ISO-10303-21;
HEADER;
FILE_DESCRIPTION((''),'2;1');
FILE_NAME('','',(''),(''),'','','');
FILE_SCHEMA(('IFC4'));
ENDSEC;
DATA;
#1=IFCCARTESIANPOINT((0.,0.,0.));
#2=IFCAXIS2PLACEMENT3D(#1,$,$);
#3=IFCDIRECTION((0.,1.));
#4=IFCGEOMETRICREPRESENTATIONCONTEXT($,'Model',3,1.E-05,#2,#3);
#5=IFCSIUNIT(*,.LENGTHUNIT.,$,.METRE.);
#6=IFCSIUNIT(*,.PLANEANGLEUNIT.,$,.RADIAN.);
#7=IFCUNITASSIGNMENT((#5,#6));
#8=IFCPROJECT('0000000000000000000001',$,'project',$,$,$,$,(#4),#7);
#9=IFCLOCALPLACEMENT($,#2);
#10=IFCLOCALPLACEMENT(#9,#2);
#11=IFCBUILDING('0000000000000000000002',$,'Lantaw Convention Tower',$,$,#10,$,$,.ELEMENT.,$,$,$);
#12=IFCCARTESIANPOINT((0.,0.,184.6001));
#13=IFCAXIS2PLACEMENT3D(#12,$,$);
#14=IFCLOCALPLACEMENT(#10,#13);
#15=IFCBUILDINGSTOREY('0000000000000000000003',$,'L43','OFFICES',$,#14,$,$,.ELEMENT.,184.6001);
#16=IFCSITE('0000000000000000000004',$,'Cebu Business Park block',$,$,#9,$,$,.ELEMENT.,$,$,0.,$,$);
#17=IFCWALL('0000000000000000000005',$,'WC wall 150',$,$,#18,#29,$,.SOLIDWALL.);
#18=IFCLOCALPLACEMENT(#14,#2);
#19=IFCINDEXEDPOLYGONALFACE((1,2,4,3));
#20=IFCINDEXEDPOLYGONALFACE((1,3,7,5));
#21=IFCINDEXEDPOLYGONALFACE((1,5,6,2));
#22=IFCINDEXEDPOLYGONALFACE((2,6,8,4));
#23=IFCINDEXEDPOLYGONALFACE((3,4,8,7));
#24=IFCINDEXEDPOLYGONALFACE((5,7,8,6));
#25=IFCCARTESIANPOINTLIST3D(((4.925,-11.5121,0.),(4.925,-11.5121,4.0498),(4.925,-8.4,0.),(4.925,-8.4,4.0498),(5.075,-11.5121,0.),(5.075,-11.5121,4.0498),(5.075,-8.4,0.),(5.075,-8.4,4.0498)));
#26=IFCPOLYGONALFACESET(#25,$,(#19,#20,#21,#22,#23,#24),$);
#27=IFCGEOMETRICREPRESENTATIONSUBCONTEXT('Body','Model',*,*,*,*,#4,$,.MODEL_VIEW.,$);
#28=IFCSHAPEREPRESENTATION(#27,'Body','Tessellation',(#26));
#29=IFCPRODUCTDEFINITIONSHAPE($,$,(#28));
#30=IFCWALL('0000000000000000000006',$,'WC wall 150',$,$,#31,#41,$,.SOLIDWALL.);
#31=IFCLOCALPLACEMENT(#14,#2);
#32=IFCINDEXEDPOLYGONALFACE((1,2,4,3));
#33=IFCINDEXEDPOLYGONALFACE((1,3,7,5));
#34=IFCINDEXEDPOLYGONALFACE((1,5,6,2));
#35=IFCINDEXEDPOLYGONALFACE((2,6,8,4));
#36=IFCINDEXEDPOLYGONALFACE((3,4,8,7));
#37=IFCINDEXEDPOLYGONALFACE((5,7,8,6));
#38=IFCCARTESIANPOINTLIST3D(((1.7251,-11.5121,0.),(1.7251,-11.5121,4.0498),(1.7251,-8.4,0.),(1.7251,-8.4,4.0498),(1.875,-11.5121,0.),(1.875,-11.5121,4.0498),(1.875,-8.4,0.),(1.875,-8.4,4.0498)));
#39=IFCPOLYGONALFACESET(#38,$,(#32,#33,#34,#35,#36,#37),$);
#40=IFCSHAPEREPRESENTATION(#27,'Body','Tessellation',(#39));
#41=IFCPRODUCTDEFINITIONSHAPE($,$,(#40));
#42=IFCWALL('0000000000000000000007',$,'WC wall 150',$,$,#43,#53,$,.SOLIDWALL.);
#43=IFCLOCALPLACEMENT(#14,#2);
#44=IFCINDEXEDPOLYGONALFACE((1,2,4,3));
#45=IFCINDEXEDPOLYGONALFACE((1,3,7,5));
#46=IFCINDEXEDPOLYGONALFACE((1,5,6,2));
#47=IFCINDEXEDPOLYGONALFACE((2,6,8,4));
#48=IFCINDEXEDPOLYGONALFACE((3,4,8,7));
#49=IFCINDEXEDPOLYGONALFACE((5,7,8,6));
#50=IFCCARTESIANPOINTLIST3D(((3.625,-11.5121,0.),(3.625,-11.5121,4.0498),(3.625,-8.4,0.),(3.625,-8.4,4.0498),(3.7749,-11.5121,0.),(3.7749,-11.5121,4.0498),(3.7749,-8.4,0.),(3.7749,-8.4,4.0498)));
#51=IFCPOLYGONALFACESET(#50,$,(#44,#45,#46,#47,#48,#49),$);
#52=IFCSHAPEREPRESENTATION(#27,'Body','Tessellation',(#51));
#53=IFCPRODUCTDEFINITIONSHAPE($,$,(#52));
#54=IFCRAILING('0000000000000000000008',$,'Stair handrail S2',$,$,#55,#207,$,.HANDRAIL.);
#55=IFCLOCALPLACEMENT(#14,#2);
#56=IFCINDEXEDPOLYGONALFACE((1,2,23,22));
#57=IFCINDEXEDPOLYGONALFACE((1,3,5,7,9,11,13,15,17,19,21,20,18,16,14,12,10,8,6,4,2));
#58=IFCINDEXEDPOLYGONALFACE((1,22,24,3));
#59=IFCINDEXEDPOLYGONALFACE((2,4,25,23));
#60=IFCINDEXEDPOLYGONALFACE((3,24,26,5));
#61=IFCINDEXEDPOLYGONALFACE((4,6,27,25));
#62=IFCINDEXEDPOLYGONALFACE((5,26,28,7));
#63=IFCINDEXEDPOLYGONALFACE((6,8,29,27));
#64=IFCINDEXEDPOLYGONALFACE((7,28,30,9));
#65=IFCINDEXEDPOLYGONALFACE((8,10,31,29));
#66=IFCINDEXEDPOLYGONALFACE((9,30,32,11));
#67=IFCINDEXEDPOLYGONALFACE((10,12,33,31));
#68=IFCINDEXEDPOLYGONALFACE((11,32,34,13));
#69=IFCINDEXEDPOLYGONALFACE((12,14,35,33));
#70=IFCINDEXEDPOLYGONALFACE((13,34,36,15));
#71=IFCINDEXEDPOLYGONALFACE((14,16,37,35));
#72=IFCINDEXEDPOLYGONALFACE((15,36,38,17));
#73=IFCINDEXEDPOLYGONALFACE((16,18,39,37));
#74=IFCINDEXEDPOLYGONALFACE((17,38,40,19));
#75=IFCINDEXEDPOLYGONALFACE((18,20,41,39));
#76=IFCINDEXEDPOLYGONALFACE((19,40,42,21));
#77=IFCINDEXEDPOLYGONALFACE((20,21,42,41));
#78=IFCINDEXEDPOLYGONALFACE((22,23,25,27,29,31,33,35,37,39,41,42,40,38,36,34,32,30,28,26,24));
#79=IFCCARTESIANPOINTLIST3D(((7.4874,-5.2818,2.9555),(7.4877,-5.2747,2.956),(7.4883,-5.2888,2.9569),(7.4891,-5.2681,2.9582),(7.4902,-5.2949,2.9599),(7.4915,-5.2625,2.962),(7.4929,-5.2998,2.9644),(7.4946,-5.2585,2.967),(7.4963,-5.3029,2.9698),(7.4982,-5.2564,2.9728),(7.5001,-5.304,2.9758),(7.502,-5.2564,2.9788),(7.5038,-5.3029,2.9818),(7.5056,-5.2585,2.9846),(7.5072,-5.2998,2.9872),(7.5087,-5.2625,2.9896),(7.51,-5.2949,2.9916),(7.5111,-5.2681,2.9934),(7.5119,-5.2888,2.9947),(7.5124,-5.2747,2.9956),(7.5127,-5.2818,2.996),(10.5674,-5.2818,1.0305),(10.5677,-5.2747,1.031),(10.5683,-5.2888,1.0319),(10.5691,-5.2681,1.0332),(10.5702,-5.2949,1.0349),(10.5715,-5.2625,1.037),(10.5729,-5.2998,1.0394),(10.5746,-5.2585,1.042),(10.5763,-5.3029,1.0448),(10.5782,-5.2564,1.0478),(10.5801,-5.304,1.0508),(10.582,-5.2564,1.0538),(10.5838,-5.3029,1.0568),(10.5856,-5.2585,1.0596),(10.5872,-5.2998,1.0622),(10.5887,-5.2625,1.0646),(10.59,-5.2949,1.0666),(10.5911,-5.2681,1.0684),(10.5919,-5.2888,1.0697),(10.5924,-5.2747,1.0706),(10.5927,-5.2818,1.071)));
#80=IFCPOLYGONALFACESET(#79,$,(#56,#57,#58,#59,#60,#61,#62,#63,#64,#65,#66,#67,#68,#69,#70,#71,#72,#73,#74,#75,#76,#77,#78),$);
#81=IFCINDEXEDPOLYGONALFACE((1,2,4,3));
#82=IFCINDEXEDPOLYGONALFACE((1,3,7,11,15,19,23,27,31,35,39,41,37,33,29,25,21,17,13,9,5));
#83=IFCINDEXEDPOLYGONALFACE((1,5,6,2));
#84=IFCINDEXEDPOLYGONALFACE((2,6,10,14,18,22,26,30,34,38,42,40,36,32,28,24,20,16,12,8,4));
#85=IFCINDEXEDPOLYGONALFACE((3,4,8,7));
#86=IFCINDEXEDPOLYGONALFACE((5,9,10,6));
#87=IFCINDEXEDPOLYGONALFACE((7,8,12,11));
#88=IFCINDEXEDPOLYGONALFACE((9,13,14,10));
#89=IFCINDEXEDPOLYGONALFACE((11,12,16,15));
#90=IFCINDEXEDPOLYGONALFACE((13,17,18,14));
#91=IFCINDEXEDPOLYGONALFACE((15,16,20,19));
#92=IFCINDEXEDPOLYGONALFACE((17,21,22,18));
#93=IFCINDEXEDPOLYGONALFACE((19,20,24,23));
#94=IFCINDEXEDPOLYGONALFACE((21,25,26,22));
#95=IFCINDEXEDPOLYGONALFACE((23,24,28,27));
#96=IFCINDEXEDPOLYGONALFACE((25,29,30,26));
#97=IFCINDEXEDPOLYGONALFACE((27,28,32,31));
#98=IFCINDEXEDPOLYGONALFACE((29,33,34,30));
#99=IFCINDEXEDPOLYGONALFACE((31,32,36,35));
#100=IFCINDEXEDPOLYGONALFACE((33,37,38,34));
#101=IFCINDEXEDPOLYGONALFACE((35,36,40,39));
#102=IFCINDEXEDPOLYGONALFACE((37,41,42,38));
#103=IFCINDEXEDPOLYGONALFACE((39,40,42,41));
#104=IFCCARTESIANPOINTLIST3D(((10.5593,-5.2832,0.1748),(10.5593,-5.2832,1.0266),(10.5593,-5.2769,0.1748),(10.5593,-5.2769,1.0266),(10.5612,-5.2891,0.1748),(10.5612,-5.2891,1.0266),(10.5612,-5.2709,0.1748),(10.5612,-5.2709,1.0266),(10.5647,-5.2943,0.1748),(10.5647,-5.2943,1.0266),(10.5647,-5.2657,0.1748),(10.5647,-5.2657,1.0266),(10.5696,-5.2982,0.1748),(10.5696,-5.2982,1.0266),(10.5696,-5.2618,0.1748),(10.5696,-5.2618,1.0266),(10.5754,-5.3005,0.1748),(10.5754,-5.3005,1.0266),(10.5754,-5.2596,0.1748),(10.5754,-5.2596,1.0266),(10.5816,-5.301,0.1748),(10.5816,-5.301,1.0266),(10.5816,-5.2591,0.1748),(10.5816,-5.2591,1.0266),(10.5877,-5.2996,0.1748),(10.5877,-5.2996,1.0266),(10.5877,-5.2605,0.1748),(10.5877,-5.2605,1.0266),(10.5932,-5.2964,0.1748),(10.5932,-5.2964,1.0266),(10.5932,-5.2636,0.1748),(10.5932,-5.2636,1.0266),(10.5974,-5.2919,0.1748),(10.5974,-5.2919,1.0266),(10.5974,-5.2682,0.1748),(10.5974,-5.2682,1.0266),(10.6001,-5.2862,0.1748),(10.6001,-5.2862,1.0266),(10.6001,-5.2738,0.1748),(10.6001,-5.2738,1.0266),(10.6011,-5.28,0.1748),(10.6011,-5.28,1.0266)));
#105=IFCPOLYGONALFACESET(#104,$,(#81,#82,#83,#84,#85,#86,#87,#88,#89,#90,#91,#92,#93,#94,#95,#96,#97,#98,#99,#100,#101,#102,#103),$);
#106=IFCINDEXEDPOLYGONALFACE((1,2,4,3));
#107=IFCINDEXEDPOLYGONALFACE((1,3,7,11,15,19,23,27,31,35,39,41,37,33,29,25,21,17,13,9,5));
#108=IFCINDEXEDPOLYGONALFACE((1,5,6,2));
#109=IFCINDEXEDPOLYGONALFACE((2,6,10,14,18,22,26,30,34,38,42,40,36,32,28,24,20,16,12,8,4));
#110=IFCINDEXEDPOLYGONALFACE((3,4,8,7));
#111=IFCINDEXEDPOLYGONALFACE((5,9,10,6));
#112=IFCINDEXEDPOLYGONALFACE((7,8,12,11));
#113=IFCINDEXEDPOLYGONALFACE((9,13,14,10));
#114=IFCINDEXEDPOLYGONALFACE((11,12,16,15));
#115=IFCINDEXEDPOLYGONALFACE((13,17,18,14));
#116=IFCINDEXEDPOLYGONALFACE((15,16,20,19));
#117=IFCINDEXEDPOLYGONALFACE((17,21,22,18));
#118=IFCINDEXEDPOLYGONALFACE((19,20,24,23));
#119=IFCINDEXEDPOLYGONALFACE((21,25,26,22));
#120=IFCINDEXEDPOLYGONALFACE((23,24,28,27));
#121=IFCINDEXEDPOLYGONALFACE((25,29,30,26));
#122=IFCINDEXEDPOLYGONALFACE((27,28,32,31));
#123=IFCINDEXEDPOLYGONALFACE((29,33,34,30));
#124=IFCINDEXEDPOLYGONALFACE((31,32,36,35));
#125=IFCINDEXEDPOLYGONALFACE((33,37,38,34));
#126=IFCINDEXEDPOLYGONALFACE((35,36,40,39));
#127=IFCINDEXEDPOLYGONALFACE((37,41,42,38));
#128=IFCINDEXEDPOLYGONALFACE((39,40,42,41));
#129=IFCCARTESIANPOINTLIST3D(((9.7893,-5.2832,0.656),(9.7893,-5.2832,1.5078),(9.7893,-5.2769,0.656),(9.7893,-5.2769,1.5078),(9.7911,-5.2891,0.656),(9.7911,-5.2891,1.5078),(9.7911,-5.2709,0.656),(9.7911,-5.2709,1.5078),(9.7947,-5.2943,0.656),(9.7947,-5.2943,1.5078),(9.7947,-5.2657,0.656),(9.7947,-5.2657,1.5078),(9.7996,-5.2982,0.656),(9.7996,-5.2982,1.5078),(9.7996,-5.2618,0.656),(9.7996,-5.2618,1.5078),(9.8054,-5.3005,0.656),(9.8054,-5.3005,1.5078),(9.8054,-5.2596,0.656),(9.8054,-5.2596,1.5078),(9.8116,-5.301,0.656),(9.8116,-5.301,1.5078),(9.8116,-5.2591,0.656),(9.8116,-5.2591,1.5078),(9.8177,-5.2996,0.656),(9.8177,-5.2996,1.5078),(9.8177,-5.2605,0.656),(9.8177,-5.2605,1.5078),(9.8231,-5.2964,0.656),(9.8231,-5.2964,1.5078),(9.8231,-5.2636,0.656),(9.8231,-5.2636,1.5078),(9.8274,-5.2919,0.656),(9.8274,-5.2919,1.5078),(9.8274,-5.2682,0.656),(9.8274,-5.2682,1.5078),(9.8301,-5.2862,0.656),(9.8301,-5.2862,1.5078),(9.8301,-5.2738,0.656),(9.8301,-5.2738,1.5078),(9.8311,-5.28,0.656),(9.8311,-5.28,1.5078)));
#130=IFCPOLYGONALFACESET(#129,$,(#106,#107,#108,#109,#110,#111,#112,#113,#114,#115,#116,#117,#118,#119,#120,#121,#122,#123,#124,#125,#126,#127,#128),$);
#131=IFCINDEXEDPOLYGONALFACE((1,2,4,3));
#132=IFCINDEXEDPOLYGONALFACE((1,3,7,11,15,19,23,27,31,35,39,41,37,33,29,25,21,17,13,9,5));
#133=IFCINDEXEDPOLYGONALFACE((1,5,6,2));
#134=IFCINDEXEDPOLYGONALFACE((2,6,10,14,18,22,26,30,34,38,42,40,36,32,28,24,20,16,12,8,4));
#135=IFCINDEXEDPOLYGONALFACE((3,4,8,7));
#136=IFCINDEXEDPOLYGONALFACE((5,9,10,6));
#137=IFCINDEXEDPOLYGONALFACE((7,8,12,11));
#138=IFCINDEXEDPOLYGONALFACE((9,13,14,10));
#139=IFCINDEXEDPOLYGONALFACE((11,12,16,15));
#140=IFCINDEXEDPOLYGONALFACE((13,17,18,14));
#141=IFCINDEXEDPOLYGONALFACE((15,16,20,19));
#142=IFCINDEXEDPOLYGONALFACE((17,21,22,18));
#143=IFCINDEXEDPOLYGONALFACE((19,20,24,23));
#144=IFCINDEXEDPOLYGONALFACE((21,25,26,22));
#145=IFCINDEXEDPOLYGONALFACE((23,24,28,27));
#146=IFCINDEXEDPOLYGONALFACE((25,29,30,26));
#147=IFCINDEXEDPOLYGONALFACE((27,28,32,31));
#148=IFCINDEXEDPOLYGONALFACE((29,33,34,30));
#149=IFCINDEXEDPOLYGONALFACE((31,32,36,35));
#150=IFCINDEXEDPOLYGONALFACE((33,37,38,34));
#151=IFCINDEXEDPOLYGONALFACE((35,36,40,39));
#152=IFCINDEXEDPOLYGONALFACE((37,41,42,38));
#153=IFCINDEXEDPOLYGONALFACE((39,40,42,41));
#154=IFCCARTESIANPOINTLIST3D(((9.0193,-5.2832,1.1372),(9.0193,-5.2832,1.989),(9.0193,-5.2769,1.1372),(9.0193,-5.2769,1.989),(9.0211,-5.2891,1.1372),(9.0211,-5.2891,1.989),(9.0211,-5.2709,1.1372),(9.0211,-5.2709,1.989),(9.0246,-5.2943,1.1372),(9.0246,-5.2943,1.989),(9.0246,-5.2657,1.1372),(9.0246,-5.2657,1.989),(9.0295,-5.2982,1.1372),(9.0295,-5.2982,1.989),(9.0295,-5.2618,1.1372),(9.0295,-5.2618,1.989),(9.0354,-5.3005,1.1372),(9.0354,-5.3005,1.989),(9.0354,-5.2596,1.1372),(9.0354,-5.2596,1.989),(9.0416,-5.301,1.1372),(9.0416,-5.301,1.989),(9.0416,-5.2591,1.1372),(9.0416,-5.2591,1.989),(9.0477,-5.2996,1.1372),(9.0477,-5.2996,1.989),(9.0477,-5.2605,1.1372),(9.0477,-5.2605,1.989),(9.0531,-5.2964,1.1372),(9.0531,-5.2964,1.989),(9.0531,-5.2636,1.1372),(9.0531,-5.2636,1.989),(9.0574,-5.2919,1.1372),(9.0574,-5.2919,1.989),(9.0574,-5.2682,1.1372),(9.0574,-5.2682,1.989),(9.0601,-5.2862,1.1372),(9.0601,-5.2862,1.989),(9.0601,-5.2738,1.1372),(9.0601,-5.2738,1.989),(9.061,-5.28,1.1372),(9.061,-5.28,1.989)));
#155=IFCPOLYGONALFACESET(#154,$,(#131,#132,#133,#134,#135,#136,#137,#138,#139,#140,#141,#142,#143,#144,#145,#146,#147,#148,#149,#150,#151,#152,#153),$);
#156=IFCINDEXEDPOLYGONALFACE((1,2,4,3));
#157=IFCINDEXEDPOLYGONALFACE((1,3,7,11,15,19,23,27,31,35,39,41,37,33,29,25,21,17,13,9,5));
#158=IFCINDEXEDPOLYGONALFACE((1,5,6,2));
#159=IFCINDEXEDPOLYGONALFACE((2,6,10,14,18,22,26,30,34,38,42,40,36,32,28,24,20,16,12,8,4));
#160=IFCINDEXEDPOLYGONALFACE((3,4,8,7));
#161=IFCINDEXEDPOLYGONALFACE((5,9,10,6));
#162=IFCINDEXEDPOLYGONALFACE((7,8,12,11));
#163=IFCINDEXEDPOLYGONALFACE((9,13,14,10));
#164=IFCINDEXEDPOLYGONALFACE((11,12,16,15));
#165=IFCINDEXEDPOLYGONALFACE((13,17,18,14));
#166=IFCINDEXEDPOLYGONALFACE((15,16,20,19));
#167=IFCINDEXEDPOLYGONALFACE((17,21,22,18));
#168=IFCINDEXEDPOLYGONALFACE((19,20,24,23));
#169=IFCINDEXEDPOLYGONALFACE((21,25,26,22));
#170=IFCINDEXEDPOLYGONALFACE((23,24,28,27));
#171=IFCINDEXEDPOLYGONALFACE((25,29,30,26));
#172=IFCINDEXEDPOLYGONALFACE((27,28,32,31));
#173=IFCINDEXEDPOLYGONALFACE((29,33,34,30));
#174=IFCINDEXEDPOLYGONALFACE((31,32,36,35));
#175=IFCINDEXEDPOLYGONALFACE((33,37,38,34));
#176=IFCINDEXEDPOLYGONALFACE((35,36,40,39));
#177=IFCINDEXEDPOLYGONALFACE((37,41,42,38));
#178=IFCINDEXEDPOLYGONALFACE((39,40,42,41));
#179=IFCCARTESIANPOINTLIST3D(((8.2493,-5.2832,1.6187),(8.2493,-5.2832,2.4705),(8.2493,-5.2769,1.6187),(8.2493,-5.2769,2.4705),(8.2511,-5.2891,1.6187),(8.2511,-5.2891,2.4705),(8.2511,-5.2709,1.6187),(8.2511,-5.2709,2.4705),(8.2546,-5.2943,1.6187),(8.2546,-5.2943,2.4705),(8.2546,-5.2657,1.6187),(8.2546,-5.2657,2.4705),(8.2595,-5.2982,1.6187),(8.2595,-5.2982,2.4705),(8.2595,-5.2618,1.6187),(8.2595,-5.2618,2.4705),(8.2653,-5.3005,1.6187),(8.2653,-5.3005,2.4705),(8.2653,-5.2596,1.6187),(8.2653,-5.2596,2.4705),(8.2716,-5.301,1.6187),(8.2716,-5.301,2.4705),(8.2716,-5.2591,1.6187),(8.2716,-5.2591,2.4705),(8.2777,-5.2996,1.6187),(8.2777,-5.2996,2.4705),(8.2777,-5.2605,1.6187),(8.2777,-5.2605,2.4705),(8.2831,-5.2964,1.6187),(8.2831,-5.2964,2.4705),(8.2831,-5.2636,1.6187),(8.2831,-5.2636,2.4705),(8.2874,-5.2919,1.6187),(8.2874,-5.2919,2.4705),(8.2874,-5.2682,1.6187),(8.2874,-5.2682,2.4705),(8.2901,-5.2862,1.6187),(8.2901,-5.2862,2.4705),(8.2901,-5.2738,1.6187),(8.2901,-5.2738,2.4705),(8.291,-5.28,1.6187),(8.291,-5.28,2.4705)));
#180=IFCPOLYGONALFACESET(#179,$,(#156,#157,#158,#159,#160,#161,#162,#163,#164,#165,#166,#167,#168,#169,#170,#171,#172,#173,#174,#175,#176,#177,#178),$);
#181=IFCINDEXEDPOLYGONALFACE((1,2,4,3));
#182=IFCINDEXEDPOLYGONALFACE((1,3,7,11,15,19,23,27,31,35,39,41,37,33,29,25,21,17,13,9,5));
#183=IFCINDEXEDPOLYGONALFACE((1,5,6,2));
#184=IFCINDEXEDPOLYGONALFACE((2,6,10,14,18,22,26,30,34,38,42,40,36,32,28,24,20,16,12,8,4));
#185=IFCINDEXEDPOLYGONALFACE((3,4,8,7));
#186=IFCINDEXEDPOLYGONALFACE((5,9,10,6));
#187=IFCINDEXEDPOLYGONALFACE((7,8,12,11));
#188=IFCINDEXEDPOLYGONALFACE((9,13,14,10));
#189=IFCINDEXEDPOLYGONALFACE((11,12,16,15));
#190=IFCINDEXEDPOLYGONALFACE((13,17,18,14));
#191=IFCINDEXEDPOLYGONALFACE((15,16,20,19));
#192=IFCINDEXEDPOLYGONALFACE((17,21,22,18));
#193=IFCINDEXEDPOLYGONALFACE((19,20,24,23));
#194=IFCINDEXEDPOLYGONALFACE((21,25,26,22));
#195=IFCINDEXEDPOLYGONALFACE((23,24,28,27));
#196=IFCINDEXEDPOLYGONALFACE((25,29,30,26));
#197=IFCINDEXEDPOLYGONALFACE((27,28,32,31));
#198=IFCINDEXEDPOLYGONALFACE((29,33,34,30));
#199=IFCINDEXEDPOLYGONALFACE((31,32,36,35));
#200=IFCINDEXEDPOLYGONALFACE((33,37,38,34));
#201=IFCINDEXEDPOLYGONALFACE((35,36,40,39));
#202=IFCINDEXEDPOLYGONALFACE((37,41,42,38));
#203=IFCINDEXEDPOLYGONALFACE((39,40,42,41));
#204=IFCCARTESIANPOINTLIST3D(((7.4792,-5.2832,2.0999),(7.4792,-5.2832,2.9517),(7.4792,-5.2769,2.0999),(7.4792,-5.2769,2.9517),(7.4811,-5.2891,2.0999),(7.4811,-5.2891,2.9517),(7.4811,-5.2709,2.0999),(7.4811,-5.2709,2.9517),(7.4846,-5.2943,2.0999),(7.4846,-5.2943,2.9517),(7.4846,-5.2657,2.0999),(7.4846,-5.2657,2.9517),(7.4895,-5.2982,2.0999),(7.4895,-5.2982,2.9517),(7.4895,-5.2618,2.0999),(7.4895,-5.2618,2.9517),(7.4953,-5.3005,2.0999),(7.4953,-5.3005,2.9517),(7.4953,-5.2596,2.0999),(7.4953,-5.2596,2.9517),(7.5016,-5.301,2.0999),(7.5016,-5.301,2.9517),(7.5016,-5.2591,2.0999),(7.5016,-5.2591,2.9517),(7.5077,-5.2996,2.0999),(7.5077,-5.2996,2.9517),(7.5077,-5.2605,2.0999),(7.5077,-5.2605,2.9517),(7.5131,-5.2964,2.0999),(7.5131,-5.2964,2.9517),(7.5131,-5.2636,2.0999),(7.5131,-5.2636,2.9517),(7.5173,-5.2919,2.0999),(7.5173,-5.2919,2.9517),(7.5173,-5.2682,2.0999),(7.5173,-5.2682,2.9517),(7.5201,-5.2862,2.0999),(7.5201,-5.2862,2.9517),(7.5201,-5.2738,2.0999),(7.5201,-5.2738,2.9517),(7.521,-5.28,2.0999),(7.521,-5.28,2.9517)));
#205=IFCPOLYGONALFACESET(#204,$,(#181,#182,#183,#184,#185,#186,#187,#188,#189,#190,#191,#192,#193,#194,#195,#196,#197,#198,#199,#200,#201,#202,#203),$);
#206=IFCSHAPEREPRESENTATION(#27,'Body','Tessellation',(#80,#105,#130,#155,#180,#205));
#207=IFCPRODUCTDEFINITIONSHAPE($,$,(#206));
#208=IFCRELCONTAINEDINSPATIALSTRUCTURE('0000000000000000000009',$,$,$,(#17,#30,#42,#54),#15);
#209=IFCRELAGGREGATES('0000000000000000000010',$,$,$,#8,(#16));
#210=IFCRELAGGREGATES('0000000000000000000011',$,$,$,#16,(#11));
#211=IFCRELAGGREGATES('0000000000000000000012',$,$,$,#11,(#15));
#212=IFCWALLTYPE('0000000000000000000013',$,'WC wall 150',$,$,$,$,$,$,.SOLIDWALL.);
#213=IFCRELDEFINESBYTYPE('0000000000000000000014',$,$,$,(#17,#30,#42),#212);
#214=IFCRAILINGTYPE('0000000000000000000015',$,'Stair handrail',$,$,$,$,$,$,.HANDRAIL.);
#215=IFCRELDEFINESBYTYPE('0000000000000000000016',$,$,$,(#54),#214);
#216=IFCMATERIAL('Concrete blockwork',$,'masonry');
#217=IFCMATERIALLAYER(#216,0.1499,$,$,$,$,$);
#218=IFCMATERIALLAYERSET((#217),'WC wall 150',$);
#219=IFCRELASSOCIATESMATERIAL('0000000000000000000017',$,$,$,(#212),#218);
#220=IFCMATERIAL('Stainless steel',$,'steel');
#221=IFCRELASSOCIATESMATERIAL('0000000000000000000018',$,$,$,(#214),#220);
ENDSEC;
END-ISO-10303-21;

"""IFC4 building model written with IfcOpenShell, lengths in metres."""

from ifc_helpers import new_model, si_unit, direction, frame, frame_2d, origin, origin_2d, place, context, subcontext, project, spatial, rectangle, circle, extrude, material, layer, layer_set, type_object, element, save


model = new_model("IFC4")

# Units and contexts
model_context = context("Model", 3, precision=1e-05, world=origin(), true_north=direction((0.0, 1.0)))
body_context = subcontext(model_context, "Body", "Model", "MODEL_VIEW")
ifc_project = project(units=[si_unit("LENGTHUNIT", "METRE"), si_unit("PLANEANGLEUNIT", "RADIAN")], contexts=[model_context])

# Site, building, storey
site_placement = place(None, origin())
site = spatial("IfcSite", under=ifc_project, at=site_placement, Name="Cebu Business Park block", CompositionType="ELEMENT", RefElevation=0.0)
building_placement = place(site_placement, origin())
building = spatial("IfcBuilding", under=site, at=building_placement, Name="Lantaw Convention Tower", CompositionType="ELEMENT")
storey_placement = place(building_placement, frame((0.0, 0.0, 184.6001)))
storey = spatial("IfcBuildingStorey", under=building, at=storey_placement, Name="L43", Description="OFFICES", CompositionType="ELEMENT", Elevation=184.6001)

# Walls
ifc_material_1 = material(Name="Concrete blockwork", Category="masonry")
ifc_layer_1 = layer(ifc_material_1, 0.1499)
ifc_layer_set_1 = layer_set([ifc_layer_1], Name="WC wall 150")
wall_type_1 = type_object("IfcWallType", Name="WC wall 150", PredefinedType="SOLIDWALL", material=ifc_layer_set_1)
for number, where, z_axis, x_axis, name in (
    (1, (5.0, -8.3999, 0.0), (0.0, 0.0, 1.0), (0.0, -1.0, 0.0), "WC wall 150"),
    (2, (1.8, -8.3999, 0.0), (0.0, 0.0, 1.0), (0.0, -1.0, 0.0), "WC wall 150"),
    (3, (3.7, -8.3999, 0.0), (0.0, 0.0, 1.0), (0.0, -1.0, 0.0), "WC wall 150"),
):
    element("IfcWall", number, at=place(storey_placement, frame(where, z_axis=z_axis, x_axis=x_axis)), inside=storey, type_object=wall_type_1, Name=name, PredefinedType="SOLIDWALL", context=body_context, shape_type="SweptSolid", body=[
        extrude(rectangle(XDim=3.1121, YDim=0.1499, at=frame_2d((1.5562, 0.0))), origin(), (0.0, 0.0, 1.0), 4.0498),
    ])

# Railing
ifc_material_2 = material(Name="Stainless steel", Category="steel")
railing_type = type_object("IfcRailingType", Name="Stair handrail", PredefinedType="HANDRAIL", material=ifc_material_2)
railing_1_placement = place(storey_placement, frame((10.5801, -5.28, 0.1748)))
element("IfcRailing", 4, at=railing_1_placement, inside=storey, type_object=railing_type, Name="Stair handrail S2", PredefinedType="HANDRAIL", context=body_context, shape_type="SweptSolid", body=[
    extrude(circle(Radius=0.0239, at=origin_2d()), frame((0.0, 0.0, 0.876), z_axis=(-0.847998, 0.0, 0.529999), x_axis=(0.0, -1.0, 0.0)), (0.0, 0.0, 1.0), 3.6321),
    extrude(circle(Radius=0.021, at=origin_2d()), origin(), (0.0, 0.0, 1.0), 0.8518),
    extrude(circle(Radius=0.021, at=origin_2d()), frame((-0.77, 0.0, 0.4812)), (0.0, 0.0, 1.0), 0.8518),
    extrude(circle(Radius=0.021, at=origin_2d()), frame((-1.54, 0.0, 0.9624)), (0.0, 0.0, 1.0), 0.8518),
    extrude(circle(Radius=0.021, at=origin_2d()), frame((-2.3101, 0.0, 1.4438)), (0.0, 0.0, 1.0), 0.8518),
    extrude(circle(Radius=0.021, at=origin_2d()), frame((-3.0801, 0.0, 1.925)), (0.0, 0.0, 1.0), 0.8518),
])

save(model, "model.ifc")
